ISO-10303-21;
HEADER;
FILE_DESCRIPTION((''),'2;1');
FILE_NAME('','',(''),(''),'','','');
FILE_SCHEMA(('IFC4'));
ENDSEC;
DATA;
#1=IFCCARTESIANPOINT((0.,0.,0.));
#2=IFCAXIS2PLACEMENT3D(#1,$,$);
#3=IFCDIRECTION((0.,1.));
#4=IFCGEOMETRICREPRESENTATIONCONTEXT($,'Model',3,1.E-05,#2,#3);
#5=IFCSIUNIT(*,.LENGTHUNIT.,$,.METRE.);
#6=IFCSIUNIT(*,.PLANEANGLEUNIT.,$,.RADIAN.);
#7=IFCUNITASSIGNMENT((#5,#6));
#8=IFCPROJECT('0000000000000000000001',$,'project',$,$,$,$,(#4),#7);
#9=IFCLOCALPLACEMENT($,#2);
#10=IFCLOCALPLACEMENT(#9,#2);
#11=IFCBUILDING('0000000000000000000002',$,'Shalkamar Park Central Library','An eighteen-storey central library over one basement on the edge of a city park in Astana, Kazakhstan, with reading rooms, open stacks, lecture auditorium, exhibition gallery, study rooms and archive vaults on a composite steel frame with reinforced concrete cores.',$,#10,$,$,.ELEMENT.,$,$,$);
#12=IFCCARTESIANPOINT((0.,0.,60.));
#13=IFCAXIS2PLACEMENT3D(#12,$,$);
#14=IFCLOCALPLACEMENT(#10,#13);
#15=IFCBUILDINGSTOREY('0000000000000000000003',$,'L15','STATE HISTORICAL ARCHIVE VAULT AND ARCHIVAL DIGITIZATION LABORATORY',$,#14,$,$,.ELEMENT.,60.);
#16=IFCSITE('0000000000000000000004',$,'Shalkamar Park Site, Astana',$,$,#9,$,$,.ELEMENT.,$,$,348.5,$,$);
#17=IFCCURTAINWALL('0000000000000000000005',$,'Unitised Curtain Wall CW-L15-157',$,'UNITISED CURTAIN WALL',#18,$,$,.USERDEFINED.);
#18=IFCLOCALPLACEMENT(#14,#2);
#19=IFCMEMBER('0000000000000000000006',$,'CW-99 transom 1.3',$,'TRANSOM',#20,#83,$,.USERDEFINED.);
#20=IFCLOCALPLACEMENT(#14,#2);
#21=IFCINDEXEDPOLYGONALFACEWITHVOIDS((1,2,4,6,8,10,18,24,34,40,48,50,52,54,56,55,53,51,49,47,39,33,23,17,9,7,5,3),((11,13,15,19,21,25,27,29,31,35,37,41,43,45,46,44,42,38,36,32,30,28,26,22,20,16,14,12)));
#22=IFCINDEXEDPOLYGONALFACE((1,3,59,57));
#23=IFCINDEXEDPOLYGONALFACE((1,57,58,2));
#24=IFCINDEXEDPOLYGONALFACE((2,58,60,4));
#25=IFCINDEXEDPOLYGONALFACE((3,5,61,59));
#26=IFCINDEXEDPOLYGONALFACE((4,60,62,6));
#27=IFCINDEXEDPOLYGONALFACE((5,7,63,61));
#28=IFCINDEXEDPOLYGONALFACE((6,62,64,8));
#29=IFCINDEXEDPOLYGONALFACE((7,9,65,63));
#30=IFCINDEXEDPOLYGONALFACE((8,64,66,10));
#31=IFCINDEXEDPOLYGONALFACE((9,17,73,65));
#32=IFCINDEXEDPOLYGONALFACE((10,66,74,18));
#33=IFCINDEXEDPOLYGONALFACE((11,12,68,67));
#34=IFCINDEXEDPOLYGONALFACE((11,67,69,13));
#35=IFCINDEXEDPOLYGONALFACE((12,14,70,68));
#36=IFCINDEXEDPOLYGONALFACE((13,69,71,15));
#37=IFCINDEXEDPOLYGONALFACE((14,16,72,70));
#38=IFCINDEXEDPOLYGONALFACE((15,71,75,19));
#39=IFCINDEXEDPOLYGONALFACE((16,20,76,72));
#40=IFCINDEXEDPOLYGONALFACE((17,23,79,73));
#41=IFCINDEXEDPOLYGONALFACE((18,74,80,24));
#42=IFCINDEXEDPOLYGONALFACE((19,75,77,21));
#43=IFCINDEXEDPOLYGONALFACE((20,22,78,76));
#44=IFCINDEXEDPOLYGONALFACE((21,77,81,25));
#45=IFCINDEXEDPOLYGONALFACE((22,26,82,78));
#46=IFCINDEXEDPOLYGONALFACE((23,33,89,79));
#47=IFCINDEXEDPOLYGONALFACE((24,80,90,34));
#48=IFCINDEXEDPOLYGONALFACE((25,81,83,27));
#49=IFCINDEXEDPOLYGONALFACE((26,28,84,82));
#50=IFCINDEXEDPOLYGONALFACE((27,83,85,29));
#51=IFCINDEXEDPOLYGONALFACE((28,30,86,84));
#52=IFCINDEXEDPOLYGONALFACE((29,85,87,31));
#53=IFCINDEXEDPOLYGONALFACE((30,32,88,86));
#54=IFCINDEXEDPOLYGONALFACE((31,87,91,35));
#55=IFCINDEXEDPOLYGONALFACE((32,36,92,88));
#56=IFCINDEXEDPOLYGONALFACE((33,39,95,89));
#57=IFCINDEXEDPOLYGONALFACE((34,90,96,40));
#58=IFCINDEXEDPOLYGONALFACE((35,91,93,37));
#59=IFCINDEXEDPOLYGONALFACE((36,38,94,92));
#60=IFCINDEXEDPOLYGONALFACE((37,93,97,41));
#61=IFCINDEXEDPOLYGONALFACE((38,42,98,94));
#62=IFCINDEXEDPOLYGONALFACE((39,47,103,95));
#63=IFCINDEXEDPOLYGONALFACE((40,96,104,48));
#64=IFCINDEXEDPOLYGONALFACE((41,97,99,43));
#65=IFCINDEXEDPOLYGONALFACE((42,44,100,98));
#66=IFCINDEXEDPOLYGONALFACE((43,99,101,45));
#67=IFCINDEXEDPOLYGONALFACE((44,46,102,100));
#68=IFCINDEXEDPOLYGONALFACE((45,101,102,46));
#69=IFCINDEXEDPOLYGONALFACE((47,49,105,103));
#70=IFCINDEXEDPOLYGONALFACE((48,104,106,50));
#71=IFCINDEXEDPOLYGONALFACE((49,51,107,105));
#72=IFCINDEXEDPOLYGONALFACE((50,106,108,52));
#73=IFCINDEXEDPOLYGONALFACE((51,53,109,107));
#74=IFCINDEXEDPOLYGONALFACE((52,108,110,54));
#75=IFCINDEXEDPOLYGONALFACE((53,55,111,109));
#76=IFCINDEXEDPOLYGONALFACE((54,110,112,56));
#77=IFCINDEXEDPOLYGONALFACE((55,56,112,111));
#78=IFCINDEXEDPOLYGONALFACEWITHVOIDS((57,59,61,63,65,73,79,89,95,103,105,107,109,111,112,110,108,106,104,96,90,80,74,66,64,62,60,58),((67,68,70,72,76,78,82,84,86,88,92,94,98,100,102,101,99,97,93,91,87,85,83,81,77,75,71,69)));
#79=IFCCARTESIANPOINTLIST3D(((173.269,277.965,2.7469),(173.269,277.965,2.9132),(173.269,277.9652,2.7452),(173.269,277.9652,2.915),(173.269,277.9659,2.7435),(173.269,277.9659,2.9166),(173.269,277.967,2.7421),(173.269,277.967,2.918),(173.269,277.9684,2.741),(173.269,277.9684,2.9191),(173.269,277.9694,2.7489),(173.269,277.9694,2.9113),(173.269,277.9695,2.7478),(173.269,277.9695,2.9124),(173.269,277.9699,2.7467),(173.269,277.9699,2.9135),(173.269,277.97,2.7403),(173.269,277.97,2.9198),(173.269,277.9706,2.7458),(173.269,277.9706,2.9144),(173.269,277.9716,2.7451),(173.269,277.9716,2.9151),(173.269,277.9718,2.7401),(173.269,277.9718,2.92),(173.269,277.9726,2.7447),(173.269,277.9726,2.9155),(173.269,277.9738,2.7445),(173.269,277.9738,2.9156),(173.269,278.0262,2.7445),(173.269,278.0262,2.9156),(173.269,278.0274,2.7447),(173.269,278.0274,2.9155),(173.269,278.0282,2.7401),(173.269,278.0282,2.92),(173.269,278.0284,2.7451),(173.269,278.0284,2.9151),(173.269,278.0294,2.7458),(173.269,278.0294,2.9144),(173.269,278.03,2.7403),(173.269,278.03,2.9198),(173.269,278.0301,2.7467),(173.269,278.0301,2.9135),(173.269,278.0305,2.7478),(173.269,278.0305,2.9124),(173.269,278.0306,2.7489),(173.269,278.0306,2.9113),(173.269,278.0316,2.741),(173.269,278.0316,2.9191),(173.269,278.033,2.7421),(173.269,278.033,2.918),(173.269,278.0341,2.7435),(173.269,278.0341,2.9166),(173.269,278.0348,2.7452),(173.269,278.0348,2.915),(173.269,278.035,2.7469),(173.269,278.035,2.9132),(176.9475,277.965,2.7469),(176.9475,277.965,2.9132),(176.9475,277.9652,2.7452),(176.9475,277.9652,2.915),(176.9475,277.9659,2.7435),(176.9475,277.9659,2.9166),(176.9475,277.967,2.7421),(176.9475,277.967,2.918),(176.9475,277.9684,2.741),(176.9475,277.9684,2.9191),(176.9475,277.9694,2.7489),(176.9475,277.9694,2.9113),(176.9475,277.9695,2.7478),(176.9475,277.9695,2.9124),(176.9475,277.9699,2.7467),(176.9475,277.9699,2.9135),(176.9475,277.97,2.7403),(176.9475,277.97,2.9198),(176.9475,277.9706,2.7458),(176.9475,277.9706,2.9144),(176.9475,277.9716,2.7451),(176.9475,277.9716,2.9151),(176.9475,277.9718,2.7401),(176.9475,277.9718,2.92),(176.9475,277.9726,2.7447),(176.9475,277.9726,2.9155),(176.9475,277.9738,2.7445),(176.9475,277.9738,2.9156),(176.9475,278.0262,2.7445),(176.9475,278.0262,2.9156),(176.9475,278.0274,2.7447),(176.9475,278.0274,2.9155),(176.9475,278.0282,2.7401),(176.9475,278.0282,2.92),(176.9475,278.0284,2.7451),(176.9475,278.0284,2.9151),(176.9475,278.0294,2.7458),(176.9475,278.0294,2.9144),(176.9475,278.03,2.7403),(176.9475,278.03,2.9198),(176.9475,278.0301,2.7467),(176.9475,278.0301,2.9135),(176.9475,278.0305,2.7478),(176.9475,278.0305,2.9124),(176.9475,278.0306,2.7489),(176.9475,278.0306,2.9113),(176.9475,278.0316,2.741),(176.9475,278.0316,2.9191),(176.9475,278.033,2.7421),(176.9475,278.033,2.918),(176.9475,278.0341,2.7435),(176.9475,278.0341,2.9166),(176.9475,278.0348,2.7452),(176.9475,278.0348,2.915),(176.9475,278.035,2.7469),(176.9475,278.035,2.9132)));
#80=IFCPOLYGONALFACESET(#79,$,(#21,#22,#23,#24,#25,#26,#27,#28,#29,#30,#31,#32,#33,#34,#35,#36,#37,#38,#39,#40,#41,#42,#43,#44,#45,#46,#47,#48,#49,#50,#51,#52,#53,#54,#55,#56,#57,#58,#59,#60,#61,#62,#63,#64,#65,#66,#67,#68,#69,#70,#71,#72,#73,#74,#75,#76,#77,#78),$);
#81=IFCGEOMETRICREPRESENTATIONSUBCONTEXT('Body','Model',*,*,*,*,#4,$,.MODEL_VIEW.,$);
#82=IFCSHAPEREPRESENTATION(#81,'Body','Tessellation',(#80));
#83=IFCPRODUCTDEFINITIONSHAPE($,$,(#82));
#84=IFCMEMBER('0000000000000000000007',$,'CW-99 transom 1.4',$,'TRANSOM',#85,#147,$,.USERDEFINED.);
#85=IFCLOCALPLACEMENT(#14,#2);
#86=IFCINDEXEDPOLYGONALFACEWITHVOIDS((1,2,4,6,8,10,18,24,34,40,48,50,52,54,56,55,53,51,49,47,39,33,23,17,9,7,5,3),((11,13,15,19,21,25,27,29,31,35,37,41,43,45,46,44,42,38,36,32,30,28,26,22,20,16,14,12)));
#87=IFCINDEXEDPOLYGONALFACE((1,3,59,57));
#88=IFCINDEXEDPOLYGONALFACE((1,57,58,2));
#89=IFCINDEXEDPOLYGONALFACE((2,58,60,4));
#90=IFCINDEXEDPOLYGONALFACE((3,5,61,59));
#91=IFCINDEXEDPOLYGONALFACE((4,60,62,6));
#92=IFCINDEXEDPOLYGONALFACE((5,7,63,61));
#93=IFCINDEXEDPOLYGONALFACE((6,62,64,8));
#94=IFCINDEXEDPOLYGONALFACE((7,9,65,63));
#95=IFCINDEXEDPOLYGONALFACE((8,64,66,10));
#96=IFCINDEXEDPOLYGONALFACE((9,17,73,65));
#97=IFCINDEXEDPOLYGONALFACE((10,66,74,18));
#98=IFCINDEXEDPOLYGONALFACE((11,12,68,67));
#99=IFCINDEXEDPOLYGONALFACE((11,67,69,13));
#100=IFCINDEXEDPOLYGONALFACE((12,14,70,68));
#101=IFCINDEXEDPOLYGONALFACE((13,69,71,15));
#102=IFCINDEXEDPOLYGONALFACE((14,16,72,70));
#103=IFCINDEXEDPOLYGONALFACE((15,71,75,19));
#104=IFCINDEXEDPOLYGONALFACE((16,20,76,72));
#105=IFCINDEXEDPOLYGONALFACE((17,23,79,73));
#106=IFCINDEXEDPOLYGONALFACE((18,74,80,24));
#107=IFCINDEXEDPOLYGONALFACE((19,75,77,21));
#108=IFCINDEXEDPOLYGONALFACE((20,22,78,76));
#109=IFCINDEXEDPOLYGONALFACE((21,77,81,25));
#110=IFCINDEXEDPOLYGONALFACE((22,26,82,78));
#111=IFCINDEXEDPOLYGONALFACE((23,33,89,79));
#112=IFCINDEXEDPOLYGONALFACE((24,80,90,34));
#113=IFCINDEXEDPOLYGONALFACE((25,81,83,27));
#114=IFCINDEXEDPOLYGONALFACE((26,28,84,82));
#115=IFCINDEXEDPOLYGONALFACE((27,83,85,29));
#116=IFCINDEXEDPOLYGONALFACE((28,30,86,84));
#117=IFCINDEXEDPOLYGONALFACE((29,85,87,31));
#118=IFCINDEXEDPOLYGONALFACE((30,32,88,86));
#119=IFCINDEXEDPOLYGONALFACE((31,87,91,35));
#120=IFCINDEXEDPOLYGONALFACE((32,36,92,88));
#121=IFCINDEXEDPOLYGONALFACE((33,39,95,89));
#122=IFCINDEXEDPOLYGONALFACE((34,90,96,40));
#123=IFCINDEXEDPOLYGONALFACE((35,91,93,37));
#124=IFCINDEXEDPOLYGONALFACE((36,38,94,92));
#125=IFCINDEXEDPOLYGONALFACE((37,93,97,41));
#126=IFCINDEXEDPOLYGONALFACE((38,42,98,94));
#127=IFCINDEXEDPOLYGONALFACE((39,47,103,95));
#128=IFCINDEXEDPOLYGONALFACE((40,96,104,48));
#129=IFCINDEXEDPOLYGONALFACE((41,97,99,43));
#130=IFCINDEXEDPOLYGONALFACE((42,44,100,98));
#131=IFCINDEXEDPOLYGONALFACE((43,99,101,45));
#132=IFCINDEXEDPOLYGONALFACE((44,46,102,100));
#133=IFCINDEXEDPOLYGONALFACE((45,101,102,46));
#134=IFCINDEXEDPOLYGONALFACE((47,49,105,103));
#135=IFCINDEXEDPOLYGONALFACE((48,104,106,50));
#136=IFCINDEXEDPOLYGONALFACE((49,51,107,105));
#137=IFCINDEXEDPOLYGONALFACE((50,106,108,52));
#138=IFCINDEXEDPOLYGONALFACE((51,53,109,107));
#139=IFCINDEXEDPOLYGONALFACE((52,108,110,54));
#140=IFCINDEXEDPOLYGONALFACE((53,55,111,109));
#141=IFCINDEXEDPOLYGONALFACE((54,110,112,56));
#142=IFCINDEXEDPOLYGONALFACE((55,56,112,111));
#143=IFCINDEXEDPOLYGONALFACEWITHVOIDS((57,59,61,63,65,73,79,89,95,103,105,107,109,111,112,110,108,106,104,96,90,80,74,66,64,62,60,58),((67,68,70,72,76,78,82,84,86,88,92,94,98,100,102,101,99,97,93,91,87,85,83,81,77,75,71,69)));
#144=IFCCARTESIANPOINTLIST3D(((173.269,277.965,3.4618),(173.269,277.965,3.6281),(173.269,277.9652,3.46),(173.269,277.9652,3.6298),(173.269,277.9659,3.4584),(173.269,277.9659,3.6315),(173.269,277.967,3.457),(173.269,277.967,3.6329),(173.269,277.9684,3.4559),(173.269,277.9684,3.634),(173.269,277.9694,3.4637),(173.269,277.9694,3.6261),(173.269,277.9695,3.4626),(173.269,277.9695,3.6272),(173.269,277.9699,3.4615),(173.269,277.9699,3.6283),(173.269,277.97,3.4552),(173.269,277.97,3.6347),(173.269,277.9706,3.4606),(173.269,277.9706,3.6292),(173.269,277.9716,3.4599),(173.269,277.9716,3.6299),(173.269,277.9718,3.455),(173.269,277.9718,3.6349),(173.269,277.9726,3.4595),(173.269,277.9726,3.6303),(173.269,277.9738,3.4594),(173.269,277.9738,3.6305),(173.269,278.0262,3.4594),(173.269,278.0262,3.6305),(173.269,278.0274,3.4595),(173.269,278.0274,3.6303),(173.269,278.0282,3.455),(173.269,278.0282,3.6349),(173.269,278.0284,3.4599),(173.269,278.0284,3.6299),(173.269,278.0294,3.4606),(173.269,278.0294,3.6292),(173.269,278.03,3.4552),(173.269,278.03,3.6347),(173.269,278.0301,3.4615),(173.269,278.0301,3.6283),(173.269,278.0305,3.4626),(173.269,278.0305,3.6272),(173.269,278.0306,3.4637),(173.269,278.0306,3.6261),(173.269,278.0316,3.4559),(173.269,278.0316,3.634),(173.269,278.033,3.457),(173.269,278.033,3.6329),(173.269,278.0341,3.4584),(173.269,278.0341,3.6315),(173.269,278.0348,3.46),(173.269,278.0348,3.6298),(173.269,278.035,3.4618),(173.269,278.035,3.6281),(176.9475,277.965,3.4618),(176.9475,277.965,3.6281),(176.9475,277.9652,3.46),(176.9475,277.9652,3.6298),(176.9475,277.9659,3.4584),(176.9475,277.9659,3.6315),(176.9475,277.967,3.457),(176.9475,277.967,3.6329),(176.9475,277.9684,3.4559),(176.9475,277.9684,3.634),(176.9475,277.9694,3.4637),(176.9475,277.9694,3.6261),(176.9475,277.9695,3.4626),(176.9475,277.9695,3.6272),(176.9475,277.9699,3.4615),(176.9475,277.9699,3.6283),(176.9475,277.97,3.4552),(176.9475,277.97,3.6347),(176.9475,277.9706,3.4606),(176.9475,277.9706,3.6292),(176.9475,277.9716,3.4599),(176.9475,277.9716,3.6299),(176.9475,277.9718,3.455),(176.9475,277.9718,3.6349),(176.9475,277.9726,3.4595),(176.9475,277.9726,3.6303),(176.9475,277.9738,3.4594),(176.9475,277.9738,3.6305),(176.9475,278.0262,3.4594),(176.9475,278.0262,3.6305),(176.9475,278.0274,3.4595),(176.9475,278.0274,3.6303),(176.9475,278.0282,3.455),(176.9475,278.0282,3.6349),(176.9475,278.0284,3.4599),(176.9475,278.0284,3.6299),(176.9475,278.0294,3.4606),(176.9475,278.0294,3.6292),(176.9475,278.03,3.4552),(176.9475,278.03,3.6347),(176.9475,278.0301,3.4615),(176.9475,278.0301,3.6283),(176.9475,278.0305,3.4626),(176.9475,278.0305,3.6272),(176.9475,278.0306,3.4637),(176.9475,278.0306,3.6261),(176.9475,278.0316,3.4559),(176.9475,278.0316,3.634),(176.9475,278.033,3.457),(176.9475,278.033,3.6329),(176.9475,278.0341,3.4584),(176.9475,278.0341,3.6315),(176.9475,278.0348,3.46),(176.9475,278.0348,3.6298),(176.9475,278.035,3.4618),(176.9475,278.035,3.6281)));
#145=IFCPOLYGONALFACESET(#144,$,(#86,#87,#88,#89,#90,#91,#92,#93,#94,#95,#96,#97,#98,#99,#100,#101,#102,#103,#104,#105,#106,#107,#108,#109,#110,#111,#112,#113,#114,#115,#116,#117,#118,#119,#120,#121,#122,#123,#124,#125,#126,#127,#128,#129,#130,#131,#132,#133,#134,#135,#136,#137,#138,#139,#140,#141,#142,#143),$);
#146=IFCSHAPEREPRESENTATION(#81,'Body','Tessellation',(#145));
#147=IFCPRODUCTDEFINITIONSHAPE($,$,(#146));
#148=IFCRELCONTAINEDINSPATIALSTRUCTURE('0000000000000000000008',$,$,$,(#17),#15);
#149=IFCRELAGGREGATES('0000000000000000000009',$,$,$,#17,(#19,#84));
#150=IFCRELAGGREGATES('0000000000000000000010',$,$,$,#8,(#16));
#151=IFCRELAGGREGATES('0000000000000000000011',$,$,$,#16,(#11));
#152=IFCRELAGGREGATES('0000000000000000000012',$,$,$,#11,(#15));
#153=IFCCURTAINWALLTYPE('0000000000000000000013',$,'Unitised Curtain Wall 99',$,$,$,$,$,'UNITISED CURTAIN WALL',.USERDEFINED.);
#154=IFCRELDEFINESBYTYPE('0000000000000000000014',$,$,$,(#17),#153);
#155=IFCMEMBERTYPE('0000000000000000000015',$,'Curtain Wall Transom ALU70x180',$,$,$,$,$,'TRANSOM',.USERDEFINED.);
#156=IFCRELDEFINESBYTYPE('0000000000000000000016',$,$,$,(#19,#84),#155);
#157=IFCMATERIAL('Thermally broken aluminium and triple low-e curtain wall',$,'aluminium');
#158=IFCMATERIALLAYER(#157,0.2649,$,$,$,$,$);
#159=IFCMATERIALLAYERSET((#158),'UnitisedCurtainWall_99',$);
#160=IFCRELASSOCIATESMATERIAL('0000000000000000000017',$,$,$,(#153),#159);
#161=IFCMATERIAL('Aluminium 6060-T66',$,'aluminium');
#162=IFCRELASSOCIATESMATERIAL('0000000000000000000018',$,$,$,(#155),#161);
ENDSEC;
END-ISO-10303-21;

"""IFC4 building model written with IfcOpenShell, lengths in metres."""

from ifc_helpers import new_model, si_unit, direction, frame, origin, origin_2d, place, context, subcontext, project, spatial, hollow_rectangle, extrude, material, layer, layer_set, material_profile, profile_set, type_object, element, aggregate, save


model = new_model("IFC4")

# Units and contexts
model_context = context("Model", 3, precision=1e-05, world=origin(), true_north=direction((0.0, 1.0)))
body_context = subcontext(model_context, "Body", "Model", "MODEL_VIEW")
ifc_project = project(units=[si_unit("LENGTHUNIT", "METRE"), si_unit("PLANEANGLEUNIT", "RADIAN")], contexts=[model_context])

# Site, building, storey
site_placement = place(None, origin())
site = spatial("IfcSite", under=ifc_project, at=site_placement, Name="Shalkamar Park Site, Astana", CompositionType="ELEMENT", RefElevation=348.5)
building_placement = place(site_placement, origin())
building = spatial("IfcBuilding", under=site, at=building_placement, Name="Shalkamar Park Central Library", Description="An eighteen-storey central library over one basement on the edge of a city park in Astana, Kazakhstan, with reading rooms, open stacks, lecture auditorium, exhibition gallery, study rooms and archive vaults on a composite steel frame with reinforced concrete cores.", CompositionType="ELEMENT")
storey_placement = place(building_placement, frame((0.0, 0.0, 60.0)))
storey = spatial("IfcBuildingStorey", under=building, at=storey_placement, Name="L15", Description="STATE HISTORICAL ARCHIVE VAULT AND ARCHIVAL DIGITIZATION LABORATORY", CompositionType="ELEMENT", Elevation=60.0)

# Curtain wall
ifc_material_1 = material(Name="Thermally broken aluminium and triple low-e curtain wall", Category="aluminium")
ifc_material_2 = material(Name="Aluminium 6060-T66", Category="aluminium")
ifc_layer_1 = layer(ifc_material_1, 0.2649)
ifc_layer_set_1 = layer_set([ifc_layer_1], Name="UnitisedCurtainWall_99")
curtain_wall_type_1 = type_object("IfcCurtainWallType", Name="Unitised Curtain Wall 99", ElementType="UNITISED CURTAIN WALL", PredefinedType="USERDEFINED", material=ifc_layer_set_1)
curtain_wall_1_placement = place(storey_placement, origin())
curtain_wall_1 = element("IfcCurtainWall", 1, at=curtain_wall_1_placement, inside=storey, type_object=curtain_wall_type_1, Name="Unitised Curtain Wall CW-L15-157", ObjectType="UNITISED CURTAIN WALL", PredefinedType="USERDEFINED")

# Members
ifc_material_profile_1 = material_profile(ifc_material_2, hollow_rectangle(XDim=0.0701, YDim=0.1799, WallThickness=0.0044, InnerFilletRadius=0.0044, OuterFilletRadius=0.0068, at=origin_2d()), Name="ALU 70x180x4.5")
ifc_profile_set_1 = profile_set([ifc_material_profile_1], Name="Aluminium 6060-T66")
member_type_1 = type_object("IfcMemberType", Name="Curtain Wall Transom ALU70x180", ElementType="TRANSOM", PredefinedType="USERDEFINED", material=ifc_profile_set_1)
member_1_placement = place(storey_placement, frame((173.269, 278.0, 2.8301), z_axis=(1.0, 0.0, 0.0), x_axis=(0.0, 1.0, 0.0)))
member_1 = element("IfcMember", 2, at=member_1_placement, type_object=member_type_1, Name="CW-99 transom 1.3", ObjectType="TRANSOM", PredefinedType="USERDEFINED", context=body_context, shape_type="SweptSolid", body=[
    extrude(hollow_rectangle(XDim=0.0701, YDim=0.1799, WallThickness=0.0044, InnerFilletRadius=0.0044, OuterFilletRadius=0.0068, at=origin_2d()), origin(), (0.0, 0.0, 1.0), 3.6785),
])
member_2_placement = place(storey_placement, frame((173.269, 278.0, 3.5449), z_axis=(1.0, 0.0, 0.0), x_axis=(0.0, 1.0, 0.0)))
member_2 = element("IfcMember", 3, at=member_2_placement, type_object=member_type_1, Name="CW-99 transom 1.4", ObjectType="TRANSOM", PredefinedType="USERDEFINED", context=body_context, shape_type="SweptSolid", body=[
    extrude(hollow_rectangle(XDim=0.0701, YDim=0.1799, WallThickness=0.0044, InnerFilletRadius=0.0044, OuterFilletRadius=0.0068, at=origin_2d()), origin(), (0.0, 0.0, 1.0), 3.6785),
])

aggregate(curtain_wall_1, [member_1, member_2])

save(model, "model.ifc")
